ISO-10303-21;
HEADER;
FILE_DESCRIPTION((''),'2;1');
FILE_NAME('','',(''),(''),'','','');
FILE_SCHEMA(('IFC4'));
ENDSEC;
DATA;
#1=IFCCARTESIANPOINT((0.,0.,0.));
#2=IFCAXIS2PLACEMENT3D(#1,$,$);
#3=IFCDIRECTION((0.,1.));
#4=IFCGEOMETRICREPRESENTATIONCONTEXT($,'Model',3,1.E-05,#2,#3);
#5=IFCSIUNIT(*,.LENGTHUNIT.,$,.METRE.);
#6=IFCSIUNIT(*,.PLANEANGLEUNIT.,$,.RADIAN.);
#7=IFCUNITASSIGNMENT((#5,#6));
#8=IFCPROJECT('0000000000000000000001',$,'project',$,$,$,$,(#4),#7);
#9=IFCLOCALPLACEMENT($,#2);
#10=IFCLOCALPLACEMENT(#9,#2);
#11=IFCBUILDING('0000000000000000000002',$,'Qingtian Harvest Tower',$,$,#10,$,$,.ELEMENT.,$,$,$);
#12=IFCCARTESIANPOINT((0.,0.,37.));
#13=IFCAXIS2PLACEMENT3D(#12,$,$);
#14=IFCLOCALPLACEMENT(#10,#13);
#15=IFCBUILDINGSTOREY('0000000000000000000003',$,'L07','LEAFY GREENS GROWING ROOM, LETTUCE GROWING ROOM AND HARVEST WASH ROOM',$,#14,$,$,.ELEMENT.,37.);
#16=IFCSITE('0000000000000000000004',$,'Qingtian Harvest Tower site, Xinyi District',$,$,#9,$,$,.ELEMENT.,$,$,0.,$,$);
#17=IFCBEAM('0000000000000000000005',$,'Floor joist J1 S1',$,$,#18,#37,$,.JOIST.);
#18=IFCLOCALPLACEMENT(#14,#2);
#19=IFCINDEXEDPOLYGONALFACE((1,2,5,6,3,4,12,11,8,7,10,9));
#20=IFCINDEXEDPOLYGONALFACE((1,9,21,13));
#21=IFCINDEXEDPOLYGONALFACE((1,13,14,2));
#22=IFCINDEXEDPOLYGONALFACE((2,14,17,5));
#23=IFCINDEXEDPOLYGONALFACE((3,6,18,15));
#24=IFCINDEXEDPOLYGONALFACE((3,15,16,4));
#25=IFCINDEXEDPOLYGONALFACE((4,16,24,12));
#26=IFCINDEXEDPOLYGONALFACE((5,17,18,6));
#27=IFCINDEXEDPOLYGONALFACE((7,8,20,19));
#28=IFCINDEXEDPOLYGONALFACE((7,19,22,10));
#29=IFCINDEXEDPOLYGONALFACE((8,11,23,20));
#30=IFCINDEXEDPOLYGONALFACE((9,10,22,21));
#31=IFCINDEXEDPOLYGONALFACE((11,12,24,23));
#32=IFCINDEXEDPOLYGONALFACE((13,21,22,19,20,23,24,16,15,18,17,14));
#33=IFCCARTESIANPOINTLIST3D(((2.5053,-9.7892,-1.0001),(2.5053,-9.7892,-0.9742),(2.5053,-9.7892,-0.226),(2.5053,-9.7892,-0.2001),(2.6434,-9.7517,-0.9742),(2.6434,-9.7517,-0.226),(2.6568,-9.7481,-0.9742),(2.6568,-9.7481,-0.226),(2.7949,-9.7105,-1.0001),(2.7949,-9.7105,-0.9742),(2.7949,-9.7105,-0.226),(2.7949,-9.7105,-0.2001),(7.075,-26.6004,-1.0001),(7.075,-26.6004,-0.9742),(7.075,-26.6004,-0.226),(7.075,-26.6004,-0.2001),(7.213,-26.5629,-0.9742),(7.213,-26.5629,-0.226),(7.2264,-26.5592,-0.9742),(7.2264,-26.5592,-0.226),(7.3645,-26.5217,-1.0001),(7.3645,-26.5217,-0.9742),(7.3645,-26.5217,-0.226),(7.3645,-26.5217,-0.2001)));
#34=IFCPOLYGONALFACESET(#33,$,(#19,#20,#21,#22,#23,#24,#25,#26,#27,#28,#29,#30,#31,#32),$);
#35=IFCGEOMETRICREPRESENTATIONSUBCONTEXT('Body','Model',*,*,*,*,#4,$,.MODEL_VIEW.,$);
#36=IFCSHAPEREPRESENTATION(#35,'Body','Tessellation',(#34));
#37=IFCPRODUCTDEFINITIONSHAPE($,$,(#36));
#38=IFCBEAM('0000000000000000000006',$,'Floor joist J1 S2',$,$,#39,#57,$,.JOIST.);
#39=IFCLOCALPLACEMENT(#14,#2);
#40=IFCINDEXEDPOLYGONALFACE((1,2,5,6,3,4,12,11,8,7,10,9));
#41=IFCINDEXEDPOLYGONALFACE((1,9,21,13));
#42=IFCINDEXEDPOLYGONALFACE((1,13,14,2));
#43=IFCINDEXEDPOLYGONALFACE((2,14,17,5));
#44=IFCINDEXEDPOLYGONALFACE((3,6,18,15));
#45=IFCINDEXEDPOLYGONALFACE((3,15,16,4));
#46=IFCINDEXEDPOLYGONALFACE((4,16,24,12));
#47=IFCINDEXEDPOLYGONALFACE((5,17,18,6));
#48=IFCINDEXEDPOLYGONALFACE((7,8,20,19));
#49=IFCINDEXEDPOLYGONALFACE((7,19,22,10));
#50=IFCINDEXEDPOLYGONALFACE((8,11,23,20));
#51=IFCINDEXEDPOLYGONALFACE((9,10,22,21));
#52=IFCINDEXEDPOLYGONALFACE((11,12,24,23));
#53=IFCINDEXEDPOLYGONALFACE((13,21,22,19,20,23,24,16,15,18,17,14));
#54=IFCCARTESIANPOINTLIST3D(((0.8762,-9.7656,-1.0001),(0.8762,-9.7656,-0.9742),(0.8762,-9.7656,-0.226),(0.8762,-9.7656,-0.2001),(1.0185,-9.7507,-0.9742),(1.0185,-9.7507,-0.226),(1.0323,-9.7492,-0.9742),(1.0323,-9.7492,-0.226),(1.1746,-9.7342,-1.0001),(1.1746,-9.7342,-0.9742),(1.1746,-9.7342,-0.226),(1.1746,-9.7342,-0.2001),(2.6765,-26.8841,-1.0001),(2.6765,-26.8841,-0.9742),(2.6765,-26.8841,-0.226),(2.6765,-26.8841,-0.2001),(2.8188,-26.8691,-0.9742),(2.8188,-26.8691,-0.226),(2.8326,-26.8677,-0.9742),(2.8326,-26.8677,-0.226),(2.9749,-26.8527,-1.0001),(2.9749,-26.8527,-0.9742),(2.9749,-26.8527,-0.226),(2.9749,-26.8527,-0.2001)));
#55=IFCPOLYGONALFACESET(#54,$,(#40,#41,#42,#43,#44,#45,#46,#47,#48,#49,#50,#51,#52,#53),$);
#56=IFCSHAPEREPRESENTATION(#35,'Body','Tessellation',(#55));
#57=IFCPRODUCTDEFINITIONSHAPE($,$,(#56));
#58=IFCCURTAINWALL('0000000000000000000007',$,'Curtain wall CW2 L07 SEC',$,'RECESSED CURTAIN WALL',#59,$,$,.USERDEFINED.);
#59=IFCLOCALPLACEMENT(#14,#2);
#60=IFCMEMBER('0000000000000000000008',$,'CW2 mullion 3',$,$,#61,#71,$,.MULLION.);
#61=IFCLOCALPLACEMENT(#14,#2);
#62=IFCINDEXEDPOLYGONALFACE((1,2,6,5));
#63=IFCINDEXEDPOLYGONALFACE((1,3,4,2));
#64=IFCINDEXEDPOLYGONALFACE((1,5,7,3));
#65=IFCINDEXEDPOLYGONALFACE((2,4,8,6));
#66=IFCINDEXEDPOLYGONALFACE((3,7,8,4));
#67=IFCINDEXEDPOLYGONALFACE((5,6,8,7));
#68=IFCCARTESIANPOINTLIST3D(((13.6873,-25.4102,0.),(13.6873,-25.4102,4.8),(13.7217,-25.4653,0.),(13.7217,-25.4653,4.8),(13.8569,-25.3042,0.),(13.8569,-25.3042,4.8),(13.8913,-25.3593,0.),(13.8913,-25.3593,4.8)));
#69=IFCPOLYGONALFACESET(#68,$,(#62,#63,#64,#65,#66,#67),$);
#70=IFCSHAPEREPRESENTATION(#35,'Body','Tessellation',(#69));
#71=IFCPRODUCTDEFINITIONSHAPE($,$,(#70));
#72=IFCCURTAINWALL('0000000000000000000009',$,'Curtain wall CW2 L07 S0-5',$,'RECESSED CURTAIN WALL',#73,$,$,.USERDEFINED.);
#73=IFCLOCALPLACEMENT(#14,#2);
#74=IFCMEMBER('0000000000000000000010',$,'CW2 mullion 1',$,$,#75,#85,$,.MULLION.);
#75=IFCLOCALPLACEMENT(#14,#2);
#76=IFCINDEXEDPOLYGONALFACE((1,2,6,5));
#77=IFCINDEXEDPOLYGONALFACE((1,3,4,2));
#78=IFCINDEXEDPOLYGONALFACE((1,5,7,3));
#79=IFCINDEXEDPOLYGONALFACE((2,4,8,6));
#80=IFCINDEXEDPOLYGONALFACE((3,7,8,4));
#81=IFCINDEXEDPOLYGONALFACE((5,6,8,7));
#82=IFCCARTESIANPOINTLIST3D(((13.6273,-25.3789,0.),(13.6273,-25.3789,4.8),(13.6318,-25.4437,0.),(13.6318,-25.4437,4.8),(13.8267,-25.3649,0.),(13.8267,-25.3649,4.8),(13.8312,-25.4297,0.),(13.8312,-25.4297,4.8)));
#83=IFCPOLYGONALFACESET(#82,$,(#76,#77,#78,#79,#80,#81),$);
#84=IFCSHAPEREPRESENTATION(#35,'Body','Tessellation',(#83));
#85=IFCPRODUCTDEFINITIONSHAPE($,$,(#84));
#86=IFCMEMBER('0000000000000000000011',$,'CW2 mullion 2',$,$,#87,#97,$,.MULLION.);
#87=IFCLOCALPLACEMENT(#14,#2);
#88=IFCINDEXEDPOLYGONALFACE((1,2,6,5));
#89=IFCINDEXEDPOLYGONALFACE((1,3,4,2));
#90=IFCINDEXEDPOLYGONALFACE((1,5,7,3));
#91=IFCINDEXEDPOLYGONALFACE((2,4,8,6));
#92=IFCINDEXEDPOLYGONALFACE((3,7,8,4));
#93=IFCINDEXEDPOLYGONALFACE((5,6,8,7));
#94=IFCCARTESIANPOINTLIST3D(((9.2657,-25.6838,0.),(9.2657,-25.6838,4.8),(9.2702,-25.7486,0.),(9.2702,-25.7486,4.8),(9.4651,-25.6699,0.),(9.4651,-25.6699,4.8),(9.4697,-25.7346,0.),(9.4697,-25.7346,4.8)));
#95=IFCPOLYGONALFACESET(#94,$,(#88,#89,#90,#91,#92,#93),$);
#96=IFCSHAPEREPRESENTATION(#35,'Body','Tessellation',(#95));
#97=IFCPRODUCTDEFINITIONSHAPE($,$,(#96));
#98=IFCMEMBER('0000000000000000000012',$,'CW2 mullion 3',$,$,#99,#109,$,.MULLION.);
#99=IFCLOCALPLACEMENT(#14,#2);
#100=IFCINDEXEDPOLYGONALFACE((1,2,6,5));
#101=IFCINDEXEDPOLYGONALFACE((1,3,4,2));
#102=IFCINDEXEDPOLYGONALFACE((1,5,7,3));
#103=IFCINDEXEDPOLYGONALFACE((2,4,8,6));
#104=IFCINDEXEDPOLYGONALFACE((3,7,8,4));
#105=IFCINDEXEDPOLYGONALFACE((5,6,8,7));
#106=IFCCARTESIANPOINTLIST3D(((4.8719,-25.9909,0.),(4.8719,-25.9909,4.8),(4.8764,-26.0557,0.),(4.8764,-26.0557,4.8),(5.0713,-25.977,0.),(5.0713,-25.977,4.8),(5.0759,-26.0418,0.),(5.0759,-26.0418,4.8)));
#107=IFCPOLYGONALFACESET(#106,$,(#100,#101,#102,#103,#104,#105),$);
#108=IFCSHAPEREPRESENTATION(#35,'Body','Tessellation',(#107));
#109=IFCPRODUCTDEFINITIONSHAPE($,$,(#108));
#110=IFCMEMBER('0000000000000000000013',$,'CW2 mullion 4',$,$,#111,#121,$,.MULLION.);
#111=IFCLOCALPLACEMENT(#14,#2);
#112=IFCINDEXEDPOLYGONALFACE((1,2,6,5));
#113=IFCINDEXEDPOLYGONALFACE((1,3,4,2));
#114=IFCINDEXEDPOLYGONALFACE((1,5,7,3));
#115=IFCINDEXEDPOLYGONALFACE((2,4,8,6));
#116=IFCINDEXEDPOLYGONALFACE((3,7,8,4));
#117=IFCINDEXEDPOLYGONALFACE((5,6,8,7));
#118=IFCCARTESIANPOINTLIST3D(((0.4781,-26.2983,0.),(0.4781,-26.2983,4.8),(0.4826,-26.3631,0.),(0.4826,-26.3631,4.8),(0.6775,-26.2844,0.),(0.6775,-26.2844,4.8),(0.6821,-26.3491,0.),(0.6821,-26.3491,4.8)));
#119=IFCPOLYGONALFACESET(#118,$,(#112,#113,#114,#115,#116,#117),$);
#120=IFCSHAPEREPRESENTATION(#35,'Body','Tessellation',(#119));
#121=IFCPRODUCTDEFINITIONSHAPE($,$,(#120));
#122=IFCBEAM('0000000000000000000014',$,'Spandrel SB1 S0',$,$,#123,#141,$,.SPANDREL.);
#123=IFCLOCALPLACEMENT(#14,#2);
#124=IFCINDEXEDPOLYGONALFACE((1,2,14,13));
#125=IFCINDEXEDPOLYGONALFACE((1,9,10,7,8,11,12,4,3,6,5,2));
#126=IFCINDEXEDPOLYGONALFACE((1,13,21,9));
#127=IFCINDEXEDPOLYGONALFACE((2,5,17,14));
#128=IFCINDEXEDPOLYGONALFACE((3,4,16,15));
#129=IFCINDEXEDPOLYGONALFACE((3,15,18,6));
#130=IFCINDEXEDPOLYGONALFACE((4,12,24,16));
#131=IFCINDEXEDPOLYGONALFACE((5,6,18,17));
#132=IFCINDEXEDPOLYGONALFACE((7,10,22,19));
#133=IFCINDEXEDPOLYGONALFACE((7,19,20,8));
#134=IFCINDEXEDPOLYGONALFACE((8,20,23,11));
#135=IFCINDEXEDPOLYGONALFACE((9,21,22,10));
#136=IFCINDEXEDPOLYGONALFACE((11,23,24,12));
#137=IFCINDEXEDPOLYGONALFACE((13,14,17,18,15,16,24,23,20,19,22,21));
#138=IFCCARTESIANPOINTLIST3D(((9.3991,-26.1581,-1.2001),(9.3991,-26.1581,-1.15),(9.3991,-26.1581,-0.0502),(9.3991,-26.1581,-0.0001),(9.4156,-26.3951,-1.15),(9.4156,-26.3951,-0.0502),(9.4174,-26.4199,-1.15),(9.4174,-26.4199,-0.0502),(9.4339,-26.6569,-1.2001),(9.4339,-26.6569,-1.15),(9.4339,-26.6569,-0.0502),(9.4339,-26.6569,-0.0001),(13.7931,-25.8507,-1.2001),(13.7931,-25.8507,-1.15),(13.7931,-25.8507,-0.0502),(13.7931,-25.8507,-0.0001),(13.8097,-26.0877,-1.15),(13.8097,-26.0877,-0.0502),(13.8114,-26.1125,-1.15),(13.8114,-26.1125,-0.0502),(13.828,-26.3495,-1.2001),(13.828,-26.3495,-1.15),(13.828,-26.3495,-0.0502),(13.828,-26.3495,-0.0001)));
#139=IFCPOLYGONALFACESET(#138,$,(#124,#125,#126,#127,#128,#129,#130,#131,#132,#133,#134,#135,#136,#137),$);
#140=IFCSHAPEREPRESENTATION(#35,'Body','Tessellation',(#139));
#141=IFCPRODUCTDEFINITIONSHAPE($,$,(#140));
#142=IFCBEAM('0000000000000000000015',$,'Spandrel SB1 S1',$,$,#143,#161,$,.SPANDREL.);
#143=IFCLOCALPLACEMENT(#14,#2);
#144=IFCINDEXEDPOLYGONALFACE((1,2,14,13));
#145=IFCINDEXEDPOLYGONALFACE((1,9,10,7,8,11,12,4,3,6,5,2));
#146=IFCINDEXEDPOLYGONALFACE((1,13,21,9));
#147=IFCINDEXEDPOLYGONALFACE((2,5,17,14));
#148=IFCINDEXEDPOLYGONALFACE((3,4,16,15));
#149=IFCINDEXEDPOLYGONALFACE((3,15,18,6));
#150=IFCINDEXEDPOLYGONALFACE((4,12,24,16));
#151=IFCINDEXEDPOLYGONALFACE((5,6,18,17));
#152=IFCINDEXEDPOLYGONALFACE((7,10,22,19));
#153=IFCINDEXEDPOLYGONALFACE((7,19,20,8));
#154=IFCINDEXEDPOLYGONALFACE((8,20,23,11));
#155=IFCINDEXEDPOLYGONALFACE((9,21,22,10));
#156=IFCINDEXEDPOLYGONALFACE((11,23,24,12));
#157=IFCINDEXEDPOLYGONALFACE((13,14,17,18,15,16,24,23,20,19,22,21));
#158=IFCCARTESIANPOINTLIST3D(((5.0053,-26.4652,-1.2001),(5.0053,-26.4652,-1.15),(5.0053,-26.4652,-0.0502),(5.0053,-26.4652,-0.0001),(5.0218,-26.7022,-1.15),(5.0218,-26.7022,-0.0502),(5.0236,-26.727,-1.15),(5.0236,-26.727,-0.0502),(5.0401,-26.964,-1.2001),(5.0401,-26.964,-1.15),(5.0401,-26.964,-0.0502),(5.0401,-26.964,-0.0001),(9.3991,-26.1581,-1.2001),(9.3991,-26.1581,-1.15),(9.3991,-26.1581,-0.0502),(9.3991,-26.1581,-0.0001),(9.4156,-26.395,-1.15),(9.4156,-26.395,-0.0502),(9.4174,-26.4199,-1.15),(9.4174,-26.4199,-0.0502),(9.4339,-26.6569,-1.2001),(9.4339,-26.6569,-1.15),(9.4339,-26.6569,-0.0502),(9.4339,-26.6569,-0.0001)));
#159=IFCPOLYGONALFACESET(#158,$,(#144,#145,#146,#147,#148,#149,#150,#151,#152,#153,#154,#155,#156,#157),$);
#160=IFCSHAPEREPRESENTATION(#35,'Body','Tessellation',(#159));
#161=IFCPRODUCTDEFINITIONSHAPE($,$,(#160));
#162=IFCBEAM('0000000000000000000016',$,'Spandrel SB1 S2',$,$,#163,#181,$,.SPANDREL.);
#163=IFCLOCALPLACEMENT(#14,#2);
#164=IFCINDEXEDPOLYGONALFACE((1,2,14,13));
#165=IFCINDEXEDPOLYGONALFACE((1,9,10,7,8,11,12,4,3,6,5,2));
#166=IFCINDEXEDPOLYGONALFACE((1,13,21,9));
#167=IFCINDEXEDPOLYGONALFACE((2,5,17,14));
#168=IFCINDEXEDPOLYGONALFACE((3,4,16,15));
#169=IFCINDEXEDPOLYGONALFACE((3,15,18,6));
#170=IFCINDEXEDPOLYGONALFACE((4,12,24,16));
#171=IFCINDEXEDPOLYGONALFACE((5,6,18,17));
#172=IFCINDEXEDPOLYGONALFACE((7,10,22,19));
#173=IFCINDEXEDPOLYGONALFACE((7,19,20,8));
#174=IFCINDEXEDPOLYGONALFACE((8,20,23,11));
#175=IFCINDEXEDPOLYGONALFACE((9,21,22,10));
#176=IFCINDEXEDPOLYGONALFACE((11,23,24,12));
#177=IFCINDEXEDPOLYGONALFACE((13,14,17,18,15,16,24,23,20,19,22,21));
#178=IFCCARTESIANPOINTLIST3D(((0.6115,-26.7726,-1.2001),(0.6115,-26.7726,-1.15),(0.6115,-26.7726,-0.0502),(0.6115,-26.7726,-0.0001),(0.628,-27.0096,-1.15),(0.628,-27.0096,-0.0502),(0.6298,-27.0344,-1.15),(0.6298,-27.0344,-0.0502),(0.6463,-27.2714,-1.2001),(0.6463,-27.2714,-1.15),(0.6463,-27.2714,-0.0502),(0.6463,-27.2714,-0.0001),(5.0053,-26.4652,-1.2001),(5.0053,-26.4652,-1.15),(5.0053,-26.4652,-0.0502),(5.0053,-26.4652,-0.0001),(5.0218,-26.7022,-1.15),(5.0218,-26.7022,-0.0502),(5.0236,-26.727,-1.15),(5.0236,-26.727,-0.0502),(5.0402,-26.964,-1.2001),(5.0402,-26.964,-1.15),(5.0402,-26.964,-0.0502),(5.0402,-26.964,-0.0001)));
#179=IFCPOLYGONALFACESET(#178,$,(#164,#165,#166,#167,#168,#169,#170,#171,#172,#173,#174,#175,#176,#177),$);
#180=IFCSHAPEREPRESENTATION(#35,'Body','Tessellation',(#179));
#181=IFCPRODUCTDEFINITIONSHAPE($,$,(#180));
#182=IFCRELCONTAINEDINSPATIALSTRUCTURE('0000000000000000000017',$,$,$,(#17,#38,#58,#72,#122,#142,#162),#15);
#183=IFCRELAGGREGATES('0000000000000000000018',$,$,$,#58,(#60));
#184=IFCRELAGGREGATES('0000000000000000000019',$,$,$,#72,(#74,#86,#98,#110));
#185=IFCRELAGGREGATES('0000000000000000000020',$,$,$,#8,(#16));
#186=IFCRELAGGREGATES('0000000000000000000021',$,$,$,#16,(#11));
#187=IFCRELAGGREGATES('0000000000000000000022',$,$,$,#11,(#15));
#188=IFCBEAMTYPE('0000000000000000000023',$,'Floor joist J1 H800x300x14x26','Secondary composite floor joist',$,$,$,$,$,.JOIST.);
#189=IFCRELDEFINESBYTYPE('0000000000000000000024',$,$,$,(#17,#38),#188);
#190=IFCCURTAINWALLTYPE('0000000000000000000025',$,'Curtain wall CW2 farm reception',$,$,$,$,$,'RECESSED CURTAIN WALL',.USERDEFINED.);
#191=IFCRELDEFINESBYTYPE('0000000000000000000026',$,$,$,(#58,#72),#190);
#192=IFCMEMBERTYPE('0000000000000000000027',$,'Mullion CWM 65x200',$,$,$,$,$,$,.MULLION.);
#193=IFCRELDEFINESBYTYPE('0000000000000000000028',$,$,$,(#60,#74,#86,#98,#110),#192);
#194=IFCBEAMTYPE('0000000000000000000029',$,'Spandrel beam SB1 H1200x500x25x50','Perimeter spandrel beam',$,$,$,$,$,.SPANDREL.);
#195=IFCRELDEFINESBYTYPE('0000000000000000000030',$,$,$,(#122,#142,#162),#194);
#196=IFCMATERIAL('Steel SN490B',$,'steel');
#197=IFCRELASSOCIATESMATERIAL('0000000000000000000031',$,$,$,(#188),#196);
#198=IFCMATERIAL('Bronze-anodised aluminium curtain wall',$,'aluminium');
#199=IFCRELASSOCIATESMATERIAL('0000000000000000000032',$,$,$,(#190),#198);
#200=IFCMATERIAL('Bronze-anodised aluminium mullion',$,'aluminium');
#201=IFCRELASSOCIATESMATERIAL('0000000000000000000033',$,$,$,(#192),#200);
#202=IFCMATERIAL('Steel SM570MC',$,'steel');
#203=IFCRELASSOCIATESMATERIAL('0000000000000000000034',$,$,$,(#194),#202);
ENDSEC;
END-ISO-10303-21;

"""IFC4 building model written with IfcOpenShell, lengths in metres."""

from ifc_helpers import new_model, si_unit, direction, frame, origin, origin_2d, place, context, subcontext, project, spatial, rectangle, i_section, extrude, material, material_profile, profile_set, type_object, element, aggregate, save


model = new_model("IFC4")

# Units and contexts
model_context = context("Model", 3, precision=1e-05, world=origin(), true_north=direction((0.0, 1.0)))
body_context = subcontext(model_context, "Body", "Model", "MODEL_VIEW")
ifc_project = project(units=[si_unit("LENGTHUNIT", "METRE"), si_unit("PLANEANGLEUNIT", "RADIAN")], contexts=[model_context])

# Site, building, storey
site_placement = place(None, origin())
site = spatial("IfcSite", under=ifc_project, at=site_placement, Name="Qingtian Harvest Tower site, Xinyi District", CompositionType="ELEMENT", RefElevation=0.0)
building_placement = place(site_placement, origin())
building = spatial("IfcBuilding", under=site, at=building_placement, Name="Qingtian Harvest Tower", CompositionType="ELEMENT")
storey_placement = place(building_placement, frame((0.0, 0.0, 37.0)))
storey = spatial("IfcBuildingStorey", under=building, at=storey_placement, Name="L07", Description="LEAFY GREENS GROWING ROOM, LETTUCE GROWING ROOM AND HARVEST WASH ROOM", CompositionType="ELEMENT", Elevation=37.0)

# Beams
ifc_material_1 = material(Name="Steel SN490B", Category="steel")
ifc_material_profile_1 = material_profile(ifc_material_1, i_section(OverallWidth=0.3, OverallDepth=0.8, WebThickness=0.0139, FlangeThickness=0.0259, at=origin_2d()), Name="H800x300x14x26")
ifc_profile_set_1 = profile_set([ifc_material_profile_1], Name="Steel SN490B")
beam_type_1 = type_object("IfcBeamType", Name="Floor joist J1 H800x300x14x26", Description="Secondary composite floor joist", PredefinedType="JOIST", material=ifc_profile_set_1)
beam_1_placement = place(storey_placement, frame((7.2197, -26.561, -0.6001), z_axis=(-0.262303, 0.964986, 0.0), x_axis=(-0.964986, -0.262303, 0.0)))
element("IfcBeam", 1, at=beam_1_placement, inside=storey, type_object=beam_type_1, Name="Floor joist J1 S1", PredefinedType="JOIST", context=body_context, shape_type="SweptSolid", body=[
    extrude(i_section(OverallWidth=0.3, OverallDepth=0.8, WebThickness=0.0139, FlangeThickness=0.0259, at=origin_2d()), origin(), (0.0, 0.0, 1.0), 17.4211),
])
beam_2_placement = place(storey_placement, frame((2.8257, -26.8684, -0.6001), z_axis=(-0.10459, 0.994515, 0.0), x_axis=(-0.994515, -0.10459, 0.0)))
element("IfcBeam", 2, at=beam_2_placement, inside=storey, type_object=beam_type_1, Name="Floor joist J1 S2", PredefinedType="JOIST", context=body_context, shape_type="SweptSolid", body=[
    extrude(i_section(OverallWidth=0.3, OverallDepth=0.8, WebThickness=0.0139, FlangeThickness=0.0259, at=origin_2d()), origin(), (0.0, 0.0, 1.0), 17.2129),
])

# Curtain wall, member
ifc_material_2 = material(Name="Bronze-anodised aluminium curtain wall", Category="aluminium")
curtain_wall_type = type_object("IfcCurtainWallType", Name="Curtain wall CW2 farm reception", ElementType="RECESSED CURTAIN WALL", PredefinedType="USERDEFINED", material=ifc_material_2)
curtain_wall_1_placement = place(storey_placement, origin())
curtain_wall_1 = element("IfcCurtainWall", 3, at=curtain_wall_1_placement, inside=storey, type_object=curtain_wall_type, Name="Curtain wall CW2 L07 SEC", ObjectType="RECESSED CURTAIN WALL", PredefinedType="USERDEFINED")
ifc_material_3 = material(Name="Bronze-anodised aluminium mullion", Category="aluminium")
ifc_material_profile_2 = material_profile(ifc_material_3, rectangle(XDim=0.0649, YDim=0.2, at=origin_2d()), Name="AL 65x200")
ifc_profile_set_2 = profile_set([ifc_material_profile_2], Name="Bronze-anodised aluminium mullion")
member_type_1 = type_object("IfcMemberType", Name="Mullion CWM 65x200", PredefinedType="MULLION", material=ifc_profile_set_2)
member_1_placement = place(storey_placement, frame((13.7893, -25.3848, 0.0), z_axis=(0.0, 0.0, 1.0), x_axis=(0.529919, -0.848048, 0.0)))
member_1 = element("IfcMember", 4, at=member_1_placement, type_object=member_type_1, Name="CW2 mullion 3", PredefinedType="MULLION", context=body_context, shape_type="SweptSolid", body=[
    extrude(rectangle(XDim=0.0649, YDim=0.2, at=origin_2d()), origin(), (0.0, 0.0, 1.0), 4.8),
])
aggregate(curtain_wall_1, [member_1])

# Curtain wall, members
curtain_wall_2_placement = place(storey_placement, origin())
curtain_wall_2 = element("IfcCurtainWall", 5, at=curtain_wall_2_placement, inside=storey, type_object=curtain_wall_type, Name="Curtain wall CW2 L07 S0-5", ObjectType="RECESSED CURTAIN WALL", PredefinedType="USERDEFINED")
member_2_placement = place(storey_placement, frame((13.7292, -25.4043, 0.0), z_axis=(0.0, 0.0, 1.0), x_axis=(0.069756, -0.997564, 0.0)))
member_2 = element("IfcMember", 6, at=member_2_placement, type_object=member_type_1, Name="CW2 mullion 1", PredefinedType="MULLION", context=body_context, shape_type="SweptSolid", body=[
    extrude(rectangle(XDim=0.0649, YDim=0.2, at=origin_2d()), origin(), (0.0, 0.0, 1.0), 4.8),
])
member_3_placement = place(storey_placement, frame((9.3677, -25.7092, 0.0), z_axis=(0.0, 0.0, 1.0), x_axis=(0.069756, -0.997564, 0.0)))
member_3 = element("IfcMember", 7, at=member_3_placement, type_object=member_type_1, Name="CW2 mullion 2", PredefinedType="MULLION", context=body_context, shape_type="SweptSolid", body=[
    extrude(rectangle(XDim=0.0649, YDim=0.2, at=origin_2d()), origin(), (0.0, 0.0, 1.0), 4.8),
])
member_4_placement = place(storey_placement, frame((4.9739, -26.0164, 0.0), z_axis=(0.0, 0.0, 1.0), x_axis=(0.069756, -0.997564, 0.0)))
member_4 = element("IfcMember", 8, at=member_4_placement, type_object=member_type_1, Name="CW2 mullion 3", PredefinedType="MULLION", context=body_context, shape_type="SweptSolid", body=[
    extrude(rectangle(XDim=0.0649, YDim=0.2, at=origin_2d()), origin(), (0.0, 0.0, 1.0), 4.8),
])
member_5_placement = place(storey_placement, frame((0.5801, -26.3237, 0.0), z_axis=(0.0, 0.0, 1.0), x_axis=(0.069756, -0.997564, 0.0)))
member_5 = element("IfcMember", 9, at=member_5_placement, type_object=member_type_1, Name="CW2 mullion 4", PredefinedType="MULLION", context=body_context, shape_type="SweptSolid", body=[
    extrude(rectangle(XDim=0.0649, YDim=0.2, at=origin_2d()), origin(), (0.0, 0.0, 1.0), 4.8),
])

# Beams
ifc_material_4 = material(Name="Steel SM570MC", Category="steel")
ifc_material_profile_3 = material_profile(ifc_material_4, i_section(OverallWidth=0.5, OverallDepth=1.2, WebThickness=0.0249, FlangeThickness=0.05, at=origin_2d()), Name="H1200x500x25x50")
ifc_profile_set_3 = profile_set([ifc_material_profile_3], Name="Steel SM570MC")
beam_type_2 = type_object("IfcBeamType", Name="Spandrel beam SB1 H1200x500x25x50", Description="Perimeter spandrel beam", PredefinedType="SPANDREL", material=ifc_profile_set_3)
beam_3_placement = place(storey_placement, frame((13.8105, -26.1001, -0.6001), z_axis=(-0.997562, -0.069782, 0.0), x_axis=(0.069782, -0.997562, 0.0)))
element("IfcBeam", 10, at=beam_3_placement, inside=storey, type_object=beam_type_2, Name="Spandrel SB1 S0", PredefinedType="SPANDREL", context=body_context, shape_type="SweptSolid", body=[
    extrude(i_section(OverallWidth=0.5, OverallDepth=1.2, WebThickness=0.0249, FlangeThickness=0.05, at=origin_2d()), origin(), (0.0, 0.0, 1.0), 4.4048),
])
for number, where, z_axis, x_axis, name in (
    (11, (9.4165, -26.4075, -0.6001), (-0.997566, -0.06973, 0.0), (0.06973, -0.997566, 0.0), "Spandrel SB1 S1"),
    (12, (5.0227, -26.7146, -0.6001), (-0.997562, -0.069786, 0.0), (0.069786, -0.997562, 0.0), "Spandrel SB1 S2"),
):
    element("IfcBeam", number, at=place(storey_placement, frame(where, z_axis=z_axis, x_axis=x_axis)), inside=storey, type_object=beam_type_2, Name=name, PredefinedType="SPANDREL", context=body_context, shape_type="SweptSolid", body=[
        extrude(i_section(OverallWidth=0.5, OverallDepth=1.2, WebThickness=0.0249, FlangeThickness=0.05, at=origin_2d()), origin(), (0.0, 0.0, 1.0), 4.4045),
    ])

aggregate(curtain_wall_2, [member_2, member_3, member_4, member_5])

save(model, "model.ifc")
